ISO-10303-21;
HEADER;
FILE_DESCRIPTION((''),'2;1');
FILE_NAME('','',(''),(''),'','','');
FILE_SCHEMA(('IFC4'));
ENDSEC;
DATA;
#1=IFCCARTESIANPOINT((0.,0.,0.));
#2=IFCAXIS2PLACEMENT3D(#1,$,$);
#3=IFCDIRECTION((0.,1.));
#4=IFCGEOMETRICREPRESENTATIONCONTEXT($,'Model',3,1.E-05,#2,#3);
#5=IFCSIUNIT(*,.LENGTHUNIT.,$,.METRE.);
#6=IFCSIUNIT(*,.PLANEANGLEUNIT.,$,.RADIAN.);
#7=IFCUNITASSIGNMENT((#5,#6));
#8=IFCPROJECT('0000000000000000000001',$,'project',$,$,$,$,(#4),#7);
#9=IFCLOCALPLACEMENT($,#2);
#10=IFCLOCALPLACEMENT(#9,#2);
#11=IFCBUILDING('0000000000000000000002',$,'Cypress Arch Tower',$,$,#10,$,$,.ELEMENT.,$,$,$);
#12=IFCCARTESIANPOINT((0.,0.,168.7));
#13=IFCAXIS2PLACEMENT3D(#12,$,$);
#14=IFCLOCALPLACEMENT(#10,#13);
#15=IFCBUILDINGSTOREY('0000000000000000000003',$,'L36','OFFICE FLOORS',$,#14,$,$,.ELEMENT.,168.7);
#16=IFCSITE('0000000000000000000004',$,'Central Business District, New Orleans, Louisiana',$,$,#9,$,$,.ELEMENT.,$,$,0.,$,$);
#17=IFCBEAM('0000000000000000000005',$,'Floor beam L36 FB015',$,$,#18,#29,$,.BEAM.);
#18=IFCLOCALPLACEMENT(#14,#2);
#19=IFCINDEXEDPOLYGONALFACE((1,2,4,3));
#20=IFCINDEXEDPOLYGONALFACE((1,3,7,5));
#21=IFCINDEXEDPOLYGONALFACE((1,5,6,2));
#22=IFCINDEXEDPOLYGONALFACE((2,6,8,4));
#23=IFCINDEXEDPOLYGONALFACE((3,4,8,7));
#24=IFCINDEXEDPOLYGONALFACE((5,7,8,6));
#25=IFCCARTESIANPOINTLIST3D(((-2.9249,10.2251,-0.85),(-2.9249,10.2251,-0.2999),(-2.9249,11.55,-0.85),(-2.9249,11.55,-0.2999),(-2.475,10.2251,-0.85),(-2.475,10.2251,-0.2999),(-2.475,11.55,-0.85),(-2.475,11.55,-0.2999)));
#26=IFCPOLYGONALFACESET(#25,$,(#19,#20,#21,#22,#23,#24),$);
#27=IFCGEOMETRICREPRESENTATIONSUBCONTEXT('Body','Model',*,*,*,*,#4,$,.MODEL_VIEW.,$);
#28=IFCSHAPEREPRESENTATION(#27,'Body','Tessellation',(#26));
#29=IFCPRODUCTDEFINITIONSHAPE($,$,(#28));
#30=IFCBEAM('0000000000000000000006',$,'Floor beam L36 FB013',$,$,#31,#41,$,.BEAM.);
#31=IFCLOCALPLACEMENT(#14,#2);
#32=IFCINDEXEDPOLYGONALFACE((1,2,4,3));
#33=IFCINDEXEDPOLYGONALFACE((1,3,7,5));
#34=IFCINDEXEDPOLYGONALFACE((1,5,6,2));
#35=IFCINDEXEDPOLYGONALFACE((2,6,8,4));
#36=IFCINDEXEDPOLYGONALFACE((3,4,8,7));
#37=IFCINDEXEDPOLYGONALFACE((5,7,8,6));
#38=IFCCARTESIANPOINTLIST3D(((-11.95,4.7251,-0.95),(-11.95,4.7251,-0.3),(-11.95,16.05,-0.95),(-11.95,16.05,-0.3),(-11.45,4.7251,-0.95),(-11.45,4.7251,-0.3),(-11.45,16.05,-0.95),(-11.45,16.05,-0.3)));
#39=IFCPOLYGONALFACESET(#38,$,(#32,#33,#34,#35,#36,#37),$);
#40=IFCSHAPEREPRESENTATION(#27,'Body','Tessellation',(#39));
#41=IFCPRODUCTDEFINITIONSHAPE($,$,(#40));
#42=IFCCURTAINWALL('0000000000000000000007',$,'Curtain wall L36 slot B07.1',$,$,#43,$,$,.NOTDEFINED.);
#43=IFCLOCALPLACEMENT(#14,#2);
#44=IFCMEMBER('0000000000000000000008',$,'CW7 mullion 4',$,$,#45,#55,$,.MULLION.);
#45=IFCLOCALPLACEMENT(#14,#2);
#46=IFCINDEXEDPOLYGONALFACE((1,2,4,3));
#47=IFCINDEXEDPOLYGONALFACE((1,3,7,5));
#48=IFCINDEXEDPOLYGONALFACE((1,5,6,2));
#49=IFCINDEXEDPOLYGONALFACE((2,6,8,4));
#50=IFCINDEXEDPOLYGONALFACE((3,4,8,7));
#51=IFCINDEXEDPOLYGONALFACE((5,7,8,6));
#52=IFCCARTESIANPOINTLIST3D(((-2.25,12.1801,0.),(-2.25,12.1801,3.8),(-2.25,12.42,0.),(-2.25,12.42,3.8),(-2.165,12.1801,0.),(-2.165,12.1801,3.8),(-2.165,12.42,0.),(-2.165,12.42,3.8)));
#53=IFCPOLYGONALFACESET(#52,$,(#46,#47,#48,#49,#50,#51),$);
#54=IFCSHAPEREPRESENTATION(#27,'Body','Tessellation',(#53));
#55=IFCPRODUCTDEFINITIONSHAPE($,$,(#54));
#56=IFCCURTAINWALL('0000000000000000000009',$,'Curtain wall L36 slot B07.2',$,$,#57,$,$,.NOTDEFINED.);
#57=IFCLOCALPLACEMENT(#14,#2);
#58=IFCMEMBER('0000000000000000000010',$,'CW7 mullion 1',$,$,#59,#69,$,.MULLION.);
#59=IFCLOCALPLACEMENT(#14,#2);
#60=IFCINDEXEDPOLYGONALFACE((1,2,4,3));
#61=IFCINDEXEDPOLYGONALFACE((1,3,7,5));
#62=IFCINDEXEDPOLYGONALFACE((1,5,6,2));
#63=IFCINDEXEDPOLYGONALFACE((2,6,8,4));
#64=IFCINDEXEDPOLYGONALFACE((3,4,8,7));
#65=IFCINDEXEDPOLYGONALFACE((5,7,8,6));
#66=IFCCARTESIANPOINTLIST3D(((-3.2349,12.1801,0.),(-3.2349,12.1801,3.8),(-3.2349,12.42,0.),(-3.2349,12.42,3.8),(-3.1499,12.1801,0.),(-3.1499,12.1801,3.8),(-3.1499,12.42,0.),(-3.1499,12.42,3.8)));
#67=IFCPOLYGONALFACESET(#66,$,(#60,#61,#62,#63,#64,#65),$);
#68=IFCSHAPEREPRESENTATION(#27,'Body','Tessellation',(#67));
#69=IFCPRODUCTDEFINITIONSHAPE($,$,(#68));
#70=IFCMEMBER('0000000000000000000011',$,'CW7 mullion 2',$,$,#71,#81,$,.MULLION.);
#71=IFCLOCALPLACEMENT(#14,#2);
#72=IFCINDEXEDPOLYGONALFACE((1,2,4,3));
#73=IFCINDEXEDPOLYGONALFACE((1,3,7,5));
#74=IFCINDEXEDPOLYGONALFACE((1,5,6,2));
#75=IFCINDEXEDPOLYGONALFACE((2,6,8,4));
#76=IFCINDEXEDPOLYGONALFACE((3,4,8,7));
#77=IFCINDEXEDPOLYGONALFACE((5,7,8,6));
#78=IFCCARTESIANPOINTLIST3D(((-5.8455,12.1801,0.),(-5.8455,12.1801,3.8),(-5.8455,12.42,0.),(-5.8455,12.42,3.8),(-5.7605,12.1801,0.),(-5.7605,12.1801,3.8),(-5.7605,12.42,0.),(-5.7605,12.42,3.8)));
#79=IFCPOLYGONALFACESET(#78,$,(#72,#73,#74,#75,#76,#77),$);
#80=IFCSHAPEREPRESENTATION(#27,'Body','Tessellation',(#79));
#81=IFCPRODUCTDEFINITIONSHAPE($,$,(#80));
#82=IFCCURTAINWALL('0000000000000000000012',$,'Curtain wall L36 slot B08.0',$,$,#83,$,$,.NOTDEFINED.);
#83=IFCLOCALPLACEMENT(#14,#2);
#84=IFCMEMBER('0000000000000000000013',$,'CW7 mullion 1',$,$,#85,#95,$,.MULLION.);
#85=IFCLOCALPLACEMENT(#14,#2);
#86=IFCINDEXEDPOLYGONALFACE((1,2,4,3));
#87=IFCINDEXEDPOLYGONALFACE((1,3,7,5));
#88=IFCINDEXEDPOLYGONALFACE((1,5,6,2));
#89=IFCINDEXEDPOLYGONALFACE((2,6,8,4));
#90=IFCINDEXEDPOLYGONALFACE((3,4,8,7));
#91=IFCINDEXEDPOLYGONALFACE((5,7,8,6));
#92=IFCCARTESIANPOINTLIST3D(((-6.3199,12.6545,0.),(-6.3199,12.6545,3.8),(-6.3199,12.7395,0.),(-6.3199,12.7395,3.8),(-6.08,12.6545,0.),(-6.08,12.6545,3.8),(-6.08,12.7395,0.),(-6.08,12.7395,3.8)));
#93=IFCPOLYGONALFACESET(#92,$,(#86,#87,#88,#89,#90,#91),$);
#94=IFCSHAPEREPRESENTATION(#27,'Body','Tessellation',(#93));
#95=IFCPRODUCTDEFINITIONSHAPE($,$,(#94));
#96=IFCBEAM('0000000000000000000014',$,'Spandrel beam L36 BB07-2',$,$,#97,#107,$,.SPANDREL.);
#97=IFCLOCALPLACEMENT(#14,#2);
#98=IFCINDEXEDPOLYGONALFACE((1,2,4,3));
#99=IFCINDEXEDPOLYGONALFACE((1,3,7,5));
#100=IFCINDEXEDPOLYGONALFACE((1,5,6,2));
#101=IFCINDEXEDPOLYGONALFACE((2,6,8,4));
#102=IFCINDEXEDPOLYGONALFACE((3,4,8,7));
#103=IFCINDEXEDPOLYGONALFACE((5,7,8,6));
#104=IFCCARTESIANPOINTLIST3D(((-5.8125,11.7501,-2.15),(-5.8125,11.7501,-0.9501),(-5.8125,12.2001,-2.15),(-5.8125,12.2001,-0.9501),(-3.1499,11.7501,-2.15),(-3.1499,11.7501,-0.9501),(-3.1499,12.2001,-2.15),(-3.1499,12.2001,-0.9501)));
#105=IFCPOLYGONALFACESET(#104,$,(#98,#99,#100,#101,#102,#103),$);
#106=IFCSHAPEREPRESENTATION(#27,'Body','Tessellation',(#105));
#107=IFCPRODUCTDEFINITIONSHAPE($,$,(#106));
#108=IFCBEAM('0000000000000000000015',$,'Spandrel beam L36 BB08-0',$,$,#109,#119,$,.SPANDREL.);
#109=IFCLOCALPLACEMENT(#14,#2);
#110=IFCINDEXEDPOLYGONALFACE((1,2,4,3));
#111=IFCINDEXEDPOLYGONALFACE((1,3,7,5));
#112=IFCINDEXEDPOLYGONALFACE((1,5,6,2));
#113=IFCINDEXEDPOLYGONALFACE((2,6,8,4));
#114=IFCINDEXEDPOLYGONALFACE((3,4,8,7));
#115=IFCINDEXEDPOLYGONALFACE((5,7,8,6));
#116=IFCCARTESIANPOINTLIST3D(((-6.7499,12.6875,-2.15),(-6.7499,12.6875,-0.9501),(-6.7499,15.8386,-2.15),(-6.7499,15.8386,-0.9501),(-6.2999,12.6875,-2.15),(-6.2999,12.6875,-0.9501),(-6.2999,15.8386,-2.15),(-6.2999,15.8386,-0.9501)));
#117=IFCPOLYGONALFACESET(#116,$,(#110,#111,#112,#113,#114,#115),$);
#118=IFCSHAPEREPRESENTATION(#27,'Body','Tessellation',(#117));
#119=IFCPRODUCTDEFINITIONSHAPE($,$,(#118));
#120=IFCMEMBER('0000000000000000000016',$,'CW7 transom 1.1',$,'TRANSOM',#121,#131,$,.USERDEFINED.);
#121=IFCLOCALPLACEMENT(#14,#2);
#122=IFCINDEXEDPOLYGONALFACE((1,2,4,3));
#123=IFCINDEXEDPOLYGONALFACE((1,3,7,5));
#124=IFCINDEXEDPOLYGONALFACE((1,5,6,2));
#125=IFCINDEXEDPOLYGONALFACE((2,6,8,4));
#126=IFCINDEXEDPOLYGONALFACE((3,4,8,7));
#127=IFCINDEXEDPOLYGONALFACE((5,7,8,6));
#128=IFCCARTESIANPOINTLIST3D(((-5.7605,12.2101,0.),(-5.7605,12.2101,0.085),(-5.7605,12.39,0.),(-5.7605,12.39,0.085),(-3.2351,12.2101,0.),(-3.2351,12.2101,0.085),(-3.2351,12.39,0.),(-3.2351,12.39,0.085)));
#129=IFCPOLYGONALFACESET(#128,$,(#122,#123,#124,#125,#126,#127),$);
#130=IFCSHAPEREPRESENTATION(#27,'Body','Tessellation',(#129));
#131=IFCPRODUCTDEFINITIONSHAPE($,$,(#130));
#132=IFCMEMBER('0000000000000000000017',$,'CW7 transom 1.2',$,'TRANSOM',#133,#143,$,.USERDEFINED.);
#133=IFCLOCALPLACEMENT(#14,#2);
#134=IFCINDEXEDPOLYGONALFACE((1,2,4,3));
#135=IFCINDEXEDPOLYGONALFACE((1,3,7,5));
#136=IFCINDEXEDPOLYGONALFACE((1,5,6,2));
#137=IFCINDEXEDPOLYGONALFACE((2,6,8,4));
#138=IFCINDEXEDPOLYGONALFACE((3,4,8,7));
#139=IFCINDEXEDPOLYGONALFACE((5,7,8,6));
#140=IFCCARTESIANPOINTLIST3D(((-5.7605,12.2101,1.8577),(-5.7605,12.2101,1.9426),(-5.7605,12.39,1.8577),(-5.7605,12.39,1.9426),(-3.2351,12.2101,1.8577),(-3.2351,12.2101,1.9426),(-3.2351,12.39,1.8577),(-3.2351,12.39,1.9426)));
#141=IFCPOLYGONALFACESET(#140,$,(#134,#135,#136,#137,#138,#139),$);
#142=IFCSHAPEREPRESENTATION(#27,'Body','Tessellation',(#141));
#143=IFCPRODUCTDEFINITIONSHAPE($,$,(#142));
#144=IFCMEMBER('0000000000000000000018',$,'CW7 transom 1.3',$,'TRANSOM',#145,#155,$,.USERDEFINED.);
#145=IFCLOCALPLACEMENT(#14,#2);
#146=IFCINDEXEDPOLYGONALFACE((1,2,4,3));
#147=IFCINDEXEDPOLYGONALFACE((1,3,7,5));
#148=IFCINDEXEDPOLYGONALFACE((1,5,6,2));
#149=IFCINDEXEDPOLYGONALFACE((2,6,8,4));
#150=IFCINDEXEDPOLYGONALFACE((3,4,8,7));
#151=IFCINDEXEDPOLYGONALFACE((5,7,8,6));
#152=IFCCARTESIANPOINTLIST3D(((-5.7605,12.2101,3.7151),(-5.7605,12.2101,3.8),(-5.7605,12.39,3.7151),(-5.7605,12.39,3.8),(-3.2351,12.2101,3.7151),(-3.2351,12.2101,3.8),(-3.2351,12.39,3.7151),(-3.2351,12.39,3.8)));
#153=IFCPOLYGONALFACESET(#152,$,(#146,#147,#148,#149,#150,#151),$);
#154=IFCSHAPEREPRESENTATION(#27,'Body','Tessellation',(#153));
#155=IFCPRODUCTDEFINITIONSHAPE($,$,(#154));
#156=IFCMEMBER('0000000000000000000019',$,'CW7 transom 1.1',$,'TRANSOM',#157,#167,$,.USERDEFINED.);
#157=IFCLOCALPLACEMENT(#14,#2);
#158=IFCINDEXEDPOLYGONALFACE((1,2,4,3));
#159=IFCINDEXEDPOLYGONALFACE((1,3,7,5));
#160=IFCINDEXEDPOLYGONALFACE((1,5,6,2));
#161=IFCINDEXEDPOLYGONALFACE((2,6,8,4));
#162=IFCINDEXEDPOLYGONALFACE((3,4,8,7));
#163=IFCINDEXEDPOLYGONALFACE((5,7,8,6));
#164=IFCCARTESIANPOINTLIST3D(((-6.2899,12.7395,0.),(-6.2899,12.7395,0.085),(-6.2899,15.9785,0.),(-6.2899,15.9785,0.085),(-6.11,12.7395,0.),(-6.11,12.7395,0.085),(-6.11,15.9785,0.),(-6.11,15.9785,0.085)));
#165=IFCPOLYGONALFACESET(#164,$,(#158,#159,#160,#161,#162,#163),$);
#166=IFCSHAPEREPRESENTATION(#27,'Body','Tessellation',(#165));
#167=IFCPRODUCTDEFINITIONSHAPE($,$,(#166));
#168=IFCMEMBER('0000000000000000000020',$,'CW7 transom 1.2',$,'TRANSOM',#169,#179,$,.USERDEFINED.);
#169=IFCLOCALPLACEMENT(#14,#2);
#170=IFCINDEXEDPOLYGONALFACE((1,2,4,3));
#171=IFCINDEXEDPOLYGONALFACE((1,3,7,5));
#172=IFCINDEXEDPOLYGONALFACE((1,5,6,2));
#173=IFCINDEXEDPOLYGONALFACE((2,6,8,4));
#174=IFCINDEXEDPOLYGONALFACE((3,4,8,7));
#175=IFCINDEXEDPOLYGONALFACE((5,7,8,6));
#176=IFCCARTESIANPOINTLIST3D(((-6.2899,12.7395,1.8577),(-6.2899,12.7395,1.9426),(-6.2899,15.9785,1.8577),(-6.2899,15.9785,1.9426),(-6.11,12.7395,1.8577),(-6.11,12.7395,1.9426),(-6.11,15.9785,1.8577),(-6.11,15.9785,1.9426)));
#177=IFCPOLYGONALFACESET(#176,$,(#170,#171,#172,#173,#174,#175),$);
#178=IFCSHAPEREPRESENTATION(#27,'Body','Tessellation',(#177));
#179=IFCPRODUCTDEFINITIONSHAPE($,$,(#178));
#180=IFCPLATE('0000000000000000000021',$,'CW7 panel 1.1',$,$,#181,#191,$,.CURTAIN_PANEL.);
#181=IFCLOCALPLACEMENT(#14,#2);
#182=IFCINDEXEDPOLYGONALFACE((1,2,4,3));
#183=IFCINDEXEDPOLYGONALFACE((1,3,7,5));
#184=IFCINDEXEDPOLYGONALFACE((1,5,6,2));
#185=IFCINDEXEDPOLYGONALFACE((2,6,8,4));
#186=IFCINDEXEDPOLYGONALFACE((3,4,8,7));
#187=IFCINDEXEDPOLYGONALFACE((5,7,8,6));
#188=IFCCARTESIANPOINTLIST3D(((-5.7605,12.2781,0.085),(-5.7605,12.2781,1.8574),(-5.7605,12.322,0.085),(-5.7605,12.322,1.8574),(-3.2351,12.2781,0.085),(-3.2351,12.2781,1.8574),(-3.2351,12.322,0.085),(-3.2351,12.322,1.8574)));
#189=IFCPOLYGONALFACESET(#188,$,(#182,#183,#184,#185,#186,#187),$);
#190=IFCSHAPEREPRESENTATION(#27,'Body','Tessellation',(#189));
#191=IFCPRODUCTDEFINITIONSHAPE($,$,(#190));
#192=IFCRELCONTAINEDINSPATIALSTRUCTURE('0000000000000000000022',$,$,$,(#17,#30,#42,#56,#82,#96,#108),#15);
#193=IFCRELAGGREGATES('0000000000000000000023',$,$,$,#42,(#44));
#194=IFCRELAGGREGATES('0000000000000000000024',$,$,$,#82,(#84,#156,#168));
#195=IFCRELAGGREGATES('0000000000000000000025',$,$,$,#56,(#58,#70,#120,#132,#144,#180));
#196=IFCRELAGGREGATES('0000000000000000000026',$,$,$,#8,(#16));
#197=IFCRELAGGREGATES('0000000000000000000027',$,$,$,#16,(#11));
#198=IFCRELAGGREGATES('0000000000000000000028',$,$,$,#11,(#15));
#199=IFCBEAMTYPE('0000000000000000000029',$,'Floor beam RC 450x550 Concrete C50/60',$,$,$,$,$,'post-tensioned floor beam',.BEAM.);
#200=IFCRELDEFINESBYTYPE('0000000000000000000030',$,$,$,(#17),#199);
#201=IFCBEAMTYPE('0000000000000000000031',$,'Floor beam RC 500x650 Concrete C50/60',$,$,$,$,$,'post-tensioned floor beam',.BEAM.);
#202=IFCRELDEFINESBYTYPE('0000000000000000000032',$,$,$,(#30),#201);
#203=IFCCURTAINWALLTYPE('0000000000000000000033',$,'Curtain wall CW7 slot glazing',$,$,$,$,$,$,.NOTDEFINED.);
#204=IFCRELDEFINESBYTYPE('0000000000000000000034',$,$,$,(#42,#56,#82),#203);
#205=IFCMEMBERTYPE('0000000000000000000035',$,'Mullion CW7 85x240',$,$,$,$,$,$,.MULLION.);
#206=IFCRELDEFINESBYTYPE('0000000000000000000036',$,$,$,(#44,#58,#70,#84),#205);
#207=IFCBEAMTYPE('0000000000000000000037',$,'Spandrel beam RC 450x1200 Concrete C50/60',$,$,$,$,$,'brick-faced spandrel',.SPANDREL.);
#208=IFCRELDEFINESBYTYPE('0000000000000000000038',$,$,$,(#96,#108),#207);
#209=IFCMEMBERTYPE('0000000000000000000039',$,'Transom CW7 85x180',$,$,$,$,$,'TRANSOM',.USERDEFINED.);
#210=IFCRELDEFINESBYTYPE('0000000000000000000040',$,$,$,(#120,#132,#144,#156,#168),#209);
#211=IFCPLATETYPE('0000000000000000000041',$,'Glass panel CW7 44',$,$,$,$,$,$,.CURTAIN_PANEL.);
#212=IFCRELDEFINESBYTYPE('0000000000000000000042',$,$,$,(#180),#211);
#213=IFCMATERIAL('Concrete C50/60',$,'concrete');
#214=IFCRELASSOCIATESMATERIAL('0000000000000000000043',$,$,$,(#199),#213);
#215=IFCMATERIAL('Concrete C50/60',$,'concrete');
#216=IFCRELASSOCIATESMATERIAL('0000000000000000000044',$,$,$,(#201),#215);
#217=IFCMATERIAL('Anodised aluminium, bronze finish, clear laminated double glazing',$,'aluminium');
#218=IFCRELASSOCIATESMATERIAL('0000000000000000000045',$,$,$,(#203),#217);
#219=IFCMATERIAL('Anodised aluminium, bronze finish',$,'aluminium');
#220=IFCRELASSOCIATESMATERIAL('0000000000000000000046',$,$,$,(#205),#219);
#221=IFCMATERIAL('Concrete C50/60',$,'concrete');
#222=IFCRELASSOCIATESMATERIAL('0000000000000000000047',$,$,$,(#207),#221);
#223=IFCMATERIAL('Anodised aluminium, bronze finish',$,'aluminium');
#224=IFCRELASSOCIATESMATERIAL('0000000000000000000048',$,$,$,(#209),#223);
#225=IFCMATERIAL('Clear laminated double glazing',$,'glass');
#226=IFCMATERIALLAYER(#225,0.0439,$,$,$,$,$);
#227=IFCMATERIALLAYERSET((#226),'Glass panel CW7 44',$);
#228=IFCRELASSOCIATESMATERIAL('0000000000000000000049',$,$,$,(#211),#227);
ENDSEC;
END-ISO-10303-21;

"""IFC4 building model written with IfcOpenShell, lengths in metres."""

from ifc_helpers import new_model, si_unit, direction, frame, origin, origin_2d, place, context, subcontext, project, spatial, rectangle, extrude, material, layer, layer_set, material_profile, profile_set, type_object, element, aggregate, save


model = new_model("IFC4")

# Units and contexts
model_context = context("Model", 3, precision=1e-05, world=origin(), true_north=direction((0.0, 1.0)))
body_context = subcontext(model_context, "Body", "Model", "MODEL_VIEW")
ifc_project = project(units=[si_unit("LENGTHUNIT", "METRE"), si_unit("PLANEANGLEUNIT", "RADIAN")], contexts=[model_context])

# Site, building, storey
site_placement = place(None, origin())
site = spatial("IfcSite", under=ifc_project, at=site_placement, Name="Central Business District, New Orleans, Louisiana", CompositionType="ELEMENT", RefElevation=0.0)
building_placement = place(site_placement, origin())
building = spatial("IfcBuilding", under=site, at=building_placement, Name="Cypress Arch Tower", CompositionType="ELEMENT")
storey_placement = place(building_placement, frame((0.0, 0.0, 168.7)))
storey = spatial("IfcBuildingStorey", under=building, at=storey_placement, Name="L36", Description="OFFICE FLOORS", CompositionType="ELEMENT", Elevation=168.7)

# Beams
ifc_material_1 = material(Name="Concrete C50/60", Category="concrete")
ifc_material_profile_1 = material_profile(ifc_material_1, rectangle(XDim=0.45, YDim=0.55, at=origin_2d()), Name="RC 450x550")
ifc_profile_set_1 = profile_set([ifc_material_profile_1], Name="Concrete C50/60")
beam_type_1 = type_object("IfcBeamType", Name="Floor beam RC 450x550 Concrete C50/60", ElementType="post-tensioned floor beam", PredefinedType="BEAM", material=ifc_profile_set_1)
beam_1_placement = place(storey_placement, frame((-2.7, 10.2251, -0.575), z_axis=(0.0, 1.0, 0.0), x_axis=(-1.0, 0.0, 0.0)))
element("IfcBeam", 1, at=beam_1_placement, inside=storey, type_object=beam_type_1, Name="Floor beam L36 FB015", PredefinedType="BEAM", context=body_context, shape_type="SweptSolid", body=[
    extrude(rectangle(XDim=0.45, YDim=0.55, at=origin_2d()), origin(), (0.0, 0.0, 1.0), 1.325),
])
ifc_material_2 = material(Name="Concrete C50/60", Category="concrete")
ifc_material_profile_2 = material_profile(ifc_material_2, rectangle(XDim=0.5, YDim=0.6499, at=origin_2d()), Name="RC 500x650")
ifc_profile_set_2 = profile_set([ifc_material_profile_2], Name="Concrete C50/60")
beam_type_2 = type_object("IfcBeamType", Name="Floor beam RC 500x650 Concrete C50/60", ElementType="post-tensioned floor beam", PredefinedType="BEAM", material=ifc_profile_set_2)
beam_2_placement = place(storey_placement, frame((-11.7, 4.7251, -0.625), z_axis=(0.0, 1.0, 0.0), x_axis=(-1.0, 0.0, 0.0)))
element("IfcBeam", 2, at=beam_2_placement, inside=storey, type_object=beam_type_2, Name="Floor beam L36 FB013", PredefinedType="BEAM", context=body_context, shape_type="SweptSolid", body=[
    extrude(rectangle(XDim=0.5, YDim=0.6499, at=origin_2d()), origin(), (0.0, 0.0, 1.0), 11.325),
])

# Curtain wall, member
ifc_material_3 = material(Name="Anodised aluminium, bronze finish, clear laminated double glazing", Category="aluminium")
curtain_wall_type = type_object("IfcCurtainWallType", Name="Curtain wall CW7 slot glazing", PredefinedType="NOTDEFINED", material=ifc_material_3)
curtain_wall_1_placement = place(storey_placement, origin())
curtain_wall_1 = element("IfcCurtainWall", 3, at=curtain_wall_1_placement, inside=storey, type_object=curtain_wall_type, Name="Curtain wall L36 slot B07.1", PredefinedType="NOTDEFINED")
ifc_material_4 = material(Name="Anodised aluminium, bronze finish", Category="aluminium")
ifc_material_profile_3 = material_profile(ifc_material_4, rectangle(XDim=0.24, YDim=0.085, at=origin_2d()), Name="Mullion 85x240")
ifc_profile_set_3 = profile_set([ifc_material_profile_3], Name="Anodised aluminium, bronze finish")
member_type_1 = type_object("IfcMemberType", Name="Mullion CW7 85x240", PredefinedType="MULLION", material=ifc_profile_set_3)
member_1_placement = place(storey_placement, frame((-2.2075, 12.3, 0.0), z_axis=(0.0, 0.0, 1.0), x_axis=(0.0, -1.0, 0.0)))
member_1 = element("IfcMember", 4, at=member_1_placement, type_object=member_type_1, Name="CW7 mullion 4", PredefinedType="MULLION", context=body_context, shape_type="SweptSolid", body=[
    extrude(rectangle(XDim=0.24, YDim=0.085, at=origin_2d()), origin(), (0.0, 0.0, 1.0), 3.8),
])
aggregate(curtain_wall_1, [member_1])

# Curtain wall, members
curtain_wall_2_placement = place(storey_placement, origin())
curtain_wall_2 = element("IfcCurtainWall", 5, at=curtain_wall_2_placement, inside=storey, type_object=curtain_wall_type, Name="Curtain wall L36 slot B07.2", PredefinedType="NOTDEFINED")
member_2_placement = place(storey_placement, frame((-3.1924, 12.3, 0.0), z_axis=(0.0, 0.0, 1.0), x_axis=(0.0, -1.0, 0.0)))
member_2 = element("IfcMember", 6, at=member_2_placement, type_object=member_type_1, Name="CW7 mullion 1", PredefinedType="MULLION", context=body_context, shape_type="SweptSolid", body=[
    extrude(rectangle(XDim=0.24, YDim=0.085, at=origin_2d()), origin(), (0.0, 0.0, 1.0), 3.8),
])
member_3_placement = place(storey_placement, frame((-5.803, 12.3, 0.0), z_axis=(0.0, 0.0, 1.0), x_axis=(0.0, -1.0, 0.0)))
member_3 = element("IfcMember", 7, at=member_3_placement, type_object=member_type_1, Name="CW7 mullion 2", PredefinedType="MULLION", context=body_context, shape_type="SweptSolid", body=[
    extrude(rectangle(XDim=0.24, YDim=0.085, at=origin_2d()), origin(), (0.0, 0.0, 1.0), 3.8),
])

# Curtain wall, member
curtain_wall_3_placement = place(storey_placement, origin())
curtain_wall_3 = element("IfcCurtainWall", 8, at=curtain_wall_3_placement, inside=storey, type_object=curtain_wall_type, Name="Curtain wall L36 slot B08.0", PredefinedType="NOTDEFINED")
member_4_placement = place(storey_placement, frame((-6.2, 12.697, 0.0), z_axis=(0.0, 0.0, 1.0), x_axis=(-1.0, 0.0, 0.0)))
member_4 = element("IfcMember", 9, at=member_4_placement, type_object=member_type_1, Name="CW7 mullion 1", PredefinedType="MULLION", context=body_context, shape_type="SweptSolid", body=[
    extrude(rectangle(XDim=0.24, YDim=0.085, at=origin_2d()), origin(), (0.0, 0.0, 1.0), 3.8),
])

# Beams
ifc_material_5 = material(Name="Concrete C50/60", Category="concrete")
ifc_material_profile_4 = material_profile(ifc_material_5, rectangle(XDim=0.45, YDim=1.2, at=origin_2d()), Name="RC 450x1200")
ifc_profile_set_4 = profile_set([ifc_material_profile_4], Name="Concrete C50/60")
beam_type_3 = type_object("IfcBeamType", Name="Spandrel beam RC 450x1200 Concrete C50/60", ElementType="brick-faced spandrel", PredefinedType="SPANDREL", material=ifc_profile_set_4)
beam_3_placement = place(storey_placement, frame((-3.1499, 11.9751, -1.55), z_axis=(-1.0, 0.0, 0.0), x_axis=(0.0, -1.0, 0.0)))
element("IfcBeam", 10, at=beam_3_placement, inside=storey, type_object=beam_type_3, Name="Spandrel beam L36 BB07-2", PredefinedType="SPANDREL", context=body_context, shape_type="SweptSolid", body=[
    extrude(rectangle(XDim=0.45, YDim=1.2, at=origin_2d()), origin(), (0.0, 0.0, 1.0), 2.6626),
])
beam_4_placement = place(storey_placement, frame((-6.5249, 12.6875, -1.55), z_axis=(0.0, 1.0, 0.0), x_axis=(-1.0, 0.0, 0.0)))
element("IfcBeam", 11, at=beam_4_placement, inside=storey, type_object=beam_type_3, Name="Spandrel beam L36 BB08-0", PredefinedType="SPANDREL", context=body_context, shape_type="SweptSolid", body=[
    extrude(rectangle(XDim=0.45, YDim=1.2, at=origin_2d()), origin(), (0.0, 0.0, 1.0), 3.1511),
])

# Members
ifc_material_6 = material(Name="Anodised aluminium, bronze finish", Category="aluminium")
ifc_material_profile_5 = material_profile(ifc_material_6, rectangle(XDim=0.1799, YDim=0.085, at=origin_2d()), Name="Transom 85x180")
ifc_profile_set_5 = profile_set([ifc_material_profile_5], Name="Anodised aluminium, bronze finish")
member_type_2 = type_object("IfcMemberType", Name="Transom CW7 85x180", ElementType="TRANSOM", PredefinedType="USERDEFINED", material=ifc_profile_set_5)
member_5_placement = place(storey_placement, frame((-3.2351, 12.3, 0.0425), z_axis=(-1.0, 0.0, 0.0), x_axis=(0.0, -1.0, 0.0)))
member_5 = element("IfcMember", 12, at=member_5_placement, type_object=member_type_2, Name="CW7 transom 1.1", ObjectType="TRANSOM", PredefinedType="USERDEFINED", context=body_context, shape_type="SweptSolid", body=[
    extrude(rectangle(XDim=0.1799, YDim=0.085, at=origin_2d()), origin(), (0.0, 0.0, 1.0), 2.5254),
])
member_6_placement = place(storey_placement, frame((-3.2351, 12.3, 1.9001), z_axis=(-1.0, 0.0, 0.0), x_axis=(0.0, -1.0, 0.0)))
member_6 = element("IfcMember", 13, at=member_6_placement, type_object=member_type_2, Name="CW7 transom 1.2", ObjectType="TRANSOM", PredefinedType="USERDEFINED", context=body_context, shape_type="SweptSolid", body=[
    extrude(rectangle(XDim=0.1799, YDim=0.085, at=origin_2d()), origin(), (0.0, 0.0, 1.0), 2.5254),
])
member_7_placement = place(storey_placement, frame((-3.2351, 12.3, 3.7576), z_axis=(-1.0, 0.0, 0.0), x_axis=(0.0, -1.0, 0.0)))
member_7 = element("IfcMember", 14, at=member_7_placement, type_object=member_type_2, Name="CW7 transom 1.3", ObjectType="TRANSOM", PredefinedType="USERDEFINED", context=body_context, shape_type="SweptSolid", body=[
    extrude(rectangle(XDim=0.1799, YDim=0.085, at=origin_2d()), origin(), (0.0, 0.0, 1.0), 2.5254),
])
member_8_placement = place(storey_placement, frame((-6.2, 12.7395, 0.0425), z_axis=(0.0, 1.0, 0.0), x_axis=(-1.0, 0.0, 0.0)))
member_8 = element("IfcMember", 15, at=member_8_placement, type_object=member_type_2, Name="CW7 transom 1.1", ObjectType="TRANSOM", PredefinedType="USERDEFINED", context=body_context, shape_type="SweptSolid", body=[
    extrude(rectangle(XDim=0.1799, YDim=0.085, at=origin_2d()), origin(), (0.0, 0.0, 1.0), 3.239),
])
member_9_placement = place(storey_placement, frame((-6.2, 12.7395, 1.9001), z_axis=(0.0, 1.0, 0.0), x_axis=(-1.0, 0.0, 0.0)))
member_9 = element("IfcMember", 16, at=member_9_placement, type_object=member_type_2, Name="CW7 transom 1.2", ObjectType="TRANSOM", PredefinedType="USERDEFINED", context=body_context, shape_type="SweptSolid", body=[
    extrude(rectangle(XDim=0.1799, YDim=0.085, at=origin_2d()), origin(), (0.0, 0.0, 1.0), 3.239),
])
aggregate(curtain_wall_3, [member_4, member_8, member_9])

# Plate
ifc_material_7 = material(Name="Clear laminated double glazing", Category="glass")
ifc_layer_1 = layer(ifc_material_7, 0.0439)
ifc_layer_set_1 = layer_set([ifc_layer_1], Name="Glass panel CW7 44")
plate_type = type_object("IfcPlateType", Name="Glass panel CW7 44", PredefinedType="CURTAIN_PANEL", material=ifc_layer_set_1)
plate_1_placement = place(storey_placement, frame((-4.4978, 12.3, 0.085), z_axis=(0.0, 0.0, 1.0), x_axis=(-1.0, 0.0, 0.0)))
plate_1 = element("IfcPlate", 17, at=plate_1_placement, type_object=plate_type, Name="CW7 panel 1.1", PredefinedType="CURTAIN_PANEL", context=body_context, shape_type="SweptSolid", body=[
    extrude(rectangle(XDim=2.5254, YDim=0.0439, at=origin_2d()), origin(), (0.0, 0.0, 1.0), 1.7725),
])
aggregate(curtain_wall_2, [member_2, member_3, member_5, member_6, member_7, plate_1])

save(model, "model.ifc")
